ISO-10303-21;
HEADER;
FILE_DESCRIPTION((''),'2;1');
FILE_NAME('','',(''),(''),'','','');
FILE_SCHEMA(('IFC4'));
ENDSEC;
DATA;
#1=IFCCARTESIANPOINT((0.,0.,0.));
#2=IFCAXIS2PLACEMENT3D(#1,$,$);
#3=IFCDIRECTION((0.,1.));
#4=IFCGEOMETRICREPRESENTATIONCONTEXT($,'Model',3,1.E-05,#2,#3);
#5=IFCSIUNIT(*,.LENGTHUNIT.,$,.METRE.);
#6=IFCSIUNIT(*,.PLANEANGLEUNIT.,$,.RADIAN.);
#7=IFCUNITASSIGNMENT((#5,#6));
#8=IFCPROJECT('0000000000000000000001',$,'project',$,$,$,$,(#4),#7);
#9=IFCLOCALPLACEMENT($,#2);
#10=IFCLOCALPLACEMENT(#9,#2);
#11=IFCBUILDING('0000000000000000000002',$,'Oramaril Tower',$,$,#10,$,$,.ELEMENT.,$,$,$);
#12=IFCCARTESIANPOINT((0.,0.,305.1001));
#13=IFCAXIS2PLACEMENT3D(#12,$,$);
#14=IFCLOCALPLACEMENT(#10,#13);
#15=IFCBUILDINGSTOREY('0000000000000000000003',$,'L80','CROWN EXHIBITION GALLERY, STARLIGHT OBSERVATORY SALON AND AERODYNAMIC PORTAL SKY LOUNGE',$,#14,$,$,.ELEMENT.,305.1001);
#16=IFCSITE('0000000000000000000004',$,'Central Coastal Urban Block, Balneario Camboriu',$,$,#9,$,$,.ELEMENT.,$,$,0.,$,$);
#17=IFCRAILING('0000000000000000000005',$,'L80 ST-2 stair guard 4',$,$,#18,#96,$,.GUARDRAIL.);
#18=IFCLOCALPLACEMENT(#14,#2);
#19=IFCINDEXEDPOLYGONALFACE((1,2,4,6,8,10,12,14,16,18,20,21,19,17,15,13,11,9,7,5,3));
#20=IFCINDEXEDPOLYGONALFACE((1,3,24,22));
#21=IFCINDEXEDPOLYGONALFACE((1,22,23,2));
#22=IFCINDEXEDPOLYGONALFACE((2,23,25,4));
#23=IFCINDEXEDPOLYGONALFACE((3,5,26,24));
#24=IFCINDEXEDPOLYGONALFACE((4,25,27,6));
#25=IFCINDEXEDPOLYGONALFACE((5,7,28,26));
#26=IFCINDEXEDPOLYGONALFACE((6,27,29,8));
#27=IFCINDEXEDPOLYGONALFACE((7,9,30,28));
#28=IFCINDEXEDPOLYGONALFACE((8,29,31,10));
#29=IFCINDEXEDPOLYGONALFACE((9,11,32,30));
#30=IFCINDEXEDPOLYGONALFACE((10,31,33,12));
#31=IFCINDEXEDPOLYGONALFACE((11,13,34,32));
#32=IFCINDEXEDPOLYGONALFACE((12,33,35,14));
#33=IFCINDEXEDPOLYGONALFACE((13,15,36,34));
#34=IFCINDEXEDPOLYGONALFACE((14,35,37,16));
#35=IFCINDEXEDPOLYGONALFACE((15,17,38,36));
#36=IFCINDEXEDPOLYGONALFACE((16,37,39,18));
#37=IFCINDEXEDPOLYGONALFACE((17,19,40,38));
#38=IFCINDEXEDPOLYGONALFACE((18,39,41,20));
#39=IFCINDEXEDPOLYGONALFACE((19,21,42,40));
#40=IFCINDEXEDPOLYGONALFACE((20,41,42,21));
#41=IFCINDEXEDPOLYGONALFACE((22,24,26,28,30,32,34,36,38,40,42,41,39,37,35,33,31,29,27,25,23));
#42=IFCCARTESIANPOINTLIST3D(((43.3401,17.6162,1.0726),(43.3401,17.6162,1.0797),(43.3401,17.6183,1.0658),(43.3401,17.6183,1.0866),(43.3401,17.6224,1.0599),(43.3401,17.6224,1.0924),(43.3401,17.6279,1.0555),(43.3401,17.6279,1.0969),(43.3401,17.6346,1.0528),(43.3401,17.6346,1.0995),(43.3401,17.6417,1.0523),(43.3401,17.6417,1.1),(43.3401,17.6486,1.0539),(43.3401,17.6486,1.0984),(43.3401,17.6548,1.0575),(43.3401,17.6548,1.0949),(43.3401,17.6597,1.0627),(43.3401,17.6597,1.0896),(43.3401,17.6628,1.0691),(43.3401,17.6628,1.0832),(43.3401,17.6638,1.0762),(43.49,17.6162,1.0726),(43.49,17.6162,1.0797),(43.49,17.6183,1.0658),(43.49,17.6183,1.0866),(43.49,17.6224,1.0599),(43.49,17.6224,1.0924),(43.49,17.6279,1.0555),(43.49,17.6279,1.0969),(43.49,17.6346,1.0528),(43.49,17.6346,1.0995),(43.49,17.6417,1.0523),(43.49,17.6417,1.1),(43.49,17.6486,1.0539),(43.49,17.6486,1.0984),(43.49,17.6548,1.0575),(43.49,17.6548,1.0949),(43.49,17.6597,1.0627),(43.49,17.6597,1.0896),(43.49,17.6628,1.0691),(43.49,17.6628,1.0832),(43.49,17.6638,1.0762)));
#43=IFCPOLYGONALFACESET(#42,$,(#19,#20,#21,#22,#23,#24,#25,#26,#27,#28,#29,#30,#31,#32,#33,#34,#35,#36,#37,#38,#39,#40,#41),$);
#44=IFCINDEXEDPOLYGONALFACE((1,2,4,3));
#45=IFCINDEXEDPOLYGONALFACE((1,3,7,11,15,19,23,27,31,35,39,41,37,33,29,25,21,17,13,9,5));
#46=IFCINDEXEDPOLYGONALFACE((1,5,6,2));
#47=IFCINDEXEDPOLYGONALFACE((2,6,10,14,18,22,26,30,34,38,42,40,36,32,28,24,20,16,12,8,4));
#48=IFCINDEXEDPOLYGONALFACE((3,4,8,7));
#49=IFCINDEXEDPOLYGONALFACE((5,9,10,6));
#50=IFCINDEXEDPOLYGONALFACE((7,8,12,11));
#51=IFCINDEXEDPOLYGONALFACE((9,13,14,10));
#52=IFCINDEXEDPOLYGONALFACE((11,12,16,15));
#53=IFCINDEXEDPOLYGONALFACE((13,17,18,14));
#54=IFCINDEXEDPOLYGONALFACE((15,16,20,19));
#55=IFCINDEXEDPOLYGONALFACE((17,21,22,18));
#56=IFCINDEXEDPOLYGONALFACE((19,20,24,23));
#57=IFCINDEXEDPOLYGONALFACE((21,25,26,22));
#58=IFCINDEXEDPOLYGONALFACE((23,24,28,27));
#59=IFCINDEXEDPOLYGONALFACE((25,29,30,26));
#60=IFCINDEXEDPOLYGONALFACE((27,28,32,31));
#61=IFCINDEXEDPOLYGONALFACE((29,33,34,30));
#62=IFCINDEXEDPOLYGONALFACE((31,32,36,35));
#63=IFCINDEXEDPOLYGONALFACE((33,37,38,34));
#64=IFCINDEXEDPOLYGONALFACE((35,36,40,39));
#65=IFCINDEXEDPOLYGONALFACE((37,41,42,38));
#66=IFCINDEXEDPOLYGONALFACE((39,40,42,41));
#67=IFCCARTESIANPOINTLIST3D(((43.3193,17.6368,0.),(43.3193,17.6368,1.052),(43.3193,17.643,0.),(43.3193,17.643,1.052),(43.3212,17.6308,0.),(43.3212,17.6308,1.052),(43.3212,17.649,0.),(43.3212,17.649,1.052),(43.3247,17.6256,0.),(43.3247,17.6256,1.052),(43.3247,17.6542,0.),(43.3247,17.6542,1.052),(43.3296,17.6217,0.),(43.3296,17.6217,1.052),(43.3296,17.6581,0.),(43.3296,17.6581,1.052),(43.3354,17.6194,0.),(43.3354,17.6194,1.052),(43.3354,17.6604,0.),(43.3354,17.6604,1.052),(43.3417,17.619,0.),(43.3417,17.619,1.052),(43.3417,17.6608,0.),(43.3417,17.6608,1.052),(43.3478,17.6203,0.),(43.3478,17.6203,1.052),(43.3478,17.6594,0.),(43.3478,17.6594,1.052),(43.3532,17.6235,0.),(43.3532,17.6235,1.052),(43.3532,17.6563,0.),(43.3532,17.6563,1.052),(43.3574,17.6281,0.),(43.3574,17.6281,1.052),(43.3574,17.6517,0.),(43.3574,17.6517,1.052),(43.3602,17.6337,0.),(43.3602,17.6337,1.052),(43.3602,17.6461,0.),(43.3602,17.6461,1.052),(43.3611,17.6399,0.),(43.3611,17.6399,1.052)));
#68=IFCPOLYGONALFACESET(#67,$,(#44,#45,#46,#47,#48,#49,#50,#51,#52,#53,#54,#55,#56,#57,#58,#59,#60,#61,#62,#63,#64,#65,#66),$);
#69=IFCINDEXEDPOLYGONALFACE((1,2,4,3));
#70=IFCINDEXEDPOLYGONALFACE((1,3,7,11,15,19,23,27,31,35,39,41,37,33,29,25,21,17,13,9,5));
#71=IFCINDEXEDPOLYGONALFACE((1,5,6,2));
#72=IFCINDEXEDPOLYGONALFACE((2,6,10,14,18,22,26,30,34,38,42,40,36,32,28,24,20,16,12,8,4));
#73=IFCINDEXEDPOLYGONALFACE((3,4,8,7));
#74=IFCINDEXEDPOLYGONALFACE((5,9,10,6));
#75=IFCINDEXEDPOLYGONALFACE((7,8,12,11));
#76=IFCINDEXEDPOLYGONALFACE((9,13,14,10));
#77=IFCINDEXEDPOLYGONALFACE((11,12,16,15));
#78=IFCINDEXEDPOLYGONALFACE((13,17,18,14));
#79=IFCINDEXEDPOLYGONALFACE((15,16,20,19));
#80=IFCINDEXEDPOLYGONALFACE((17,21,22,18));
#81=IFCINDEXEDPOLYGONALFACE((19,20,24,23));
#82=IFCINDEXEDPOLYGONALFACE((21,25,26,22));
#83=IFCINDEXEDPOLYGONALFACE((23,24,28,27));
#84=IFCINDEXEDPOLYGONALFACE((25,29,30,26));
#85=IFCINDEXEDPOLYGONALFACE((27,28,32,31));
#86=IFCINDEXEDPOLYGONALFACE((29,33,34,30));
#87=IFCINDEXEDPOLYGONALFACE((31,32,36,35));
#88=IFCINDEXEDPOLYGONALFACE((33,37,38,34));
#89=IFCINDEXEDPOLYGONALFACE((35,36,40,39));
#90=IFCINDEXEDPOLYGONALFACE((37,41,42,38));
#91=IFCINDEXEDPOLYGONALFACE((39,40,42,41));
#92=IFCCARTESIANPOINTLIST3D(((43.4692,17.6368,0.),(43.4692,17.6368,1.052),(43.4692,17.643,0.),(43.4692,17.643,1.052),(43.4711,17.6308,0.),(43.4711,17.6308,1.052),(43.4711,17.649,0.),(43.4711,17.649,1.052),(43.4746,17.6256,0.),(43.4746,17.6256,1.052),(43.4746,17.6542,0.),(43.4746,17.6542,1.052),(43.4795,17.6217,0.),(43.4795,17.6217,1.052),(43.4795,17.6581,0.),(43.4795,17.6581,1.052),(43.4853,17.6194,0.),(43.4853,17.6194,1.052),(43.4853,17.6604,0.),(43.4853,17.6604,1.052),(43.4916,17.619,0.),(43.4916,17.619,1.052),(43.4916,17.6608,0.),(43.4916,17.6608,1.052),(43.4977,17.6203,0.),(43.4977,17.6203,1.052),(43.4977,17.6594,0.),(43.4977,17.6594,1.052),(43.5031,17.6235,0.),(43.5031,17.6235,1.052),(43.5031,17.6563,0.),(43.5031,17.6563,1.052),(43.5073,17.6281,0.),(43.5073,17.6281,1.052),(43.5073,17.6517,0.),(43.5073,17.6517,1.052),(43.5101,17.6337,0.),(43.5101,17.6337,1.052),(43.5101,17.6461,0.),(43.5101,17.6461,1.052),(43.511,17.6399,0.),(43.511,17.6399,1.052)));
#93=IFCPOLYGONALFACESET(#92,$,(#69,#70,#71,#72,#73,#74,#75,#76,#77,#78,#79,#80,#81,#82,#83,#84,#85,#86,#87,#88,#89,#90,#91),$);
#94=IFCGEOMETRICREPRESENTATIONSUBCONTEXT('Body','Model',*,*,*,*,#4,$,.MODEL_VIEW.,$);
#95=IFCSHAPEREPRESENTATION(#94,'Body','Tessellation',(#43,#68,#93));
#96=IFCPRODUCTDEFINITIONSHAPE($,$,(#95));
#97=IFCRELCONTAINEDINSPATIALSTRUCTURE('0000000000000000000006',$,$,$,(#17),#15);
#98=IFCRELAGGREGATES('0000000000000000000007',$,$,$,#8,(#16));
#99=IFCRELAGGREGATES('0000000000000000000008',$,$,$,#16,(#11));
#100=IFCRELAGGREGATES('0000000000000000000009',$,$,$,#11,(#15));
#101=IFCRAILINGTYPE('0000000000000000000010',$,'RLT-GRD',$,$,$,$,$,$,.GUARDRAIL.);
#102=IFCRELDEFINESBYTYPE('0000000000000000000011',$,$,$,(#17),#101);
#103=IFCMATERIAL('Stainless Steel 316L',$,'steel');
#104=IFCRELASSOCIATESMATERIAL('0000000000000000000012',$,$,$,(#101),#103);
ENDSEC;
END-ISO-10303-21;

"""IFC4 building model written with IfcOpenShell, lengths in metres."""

from ifc_helpers import new_model, si_unit, direction, frame, origin, origin_2d, place, context, subcontext, project, spatial, circle, extrude, material, type_object, element, save


model = new_model("IFC4")

# Units and contexts
model_context = context("Model", 3, precision=1e-05, world=origin(), true_north=direction((0.0, 1.0)))
body_context = subcontext(model_context, "Body", "Model", "MODEL_VIEW")
ifc_project = project(units=[si_unit("LENGTHUNIT", "METRE"), si_unit("PLANEANGLEUNIT", "RADIAN")], contexts=[model_context])

# Site, building, storey
site_placement = place(None, origin())
site = spatial("IfcSite", under=ifc_project, at=site_placement, Name="Central Coastal Urban Block, Balneario Camboriu", CompositionType="ELEMENT", RefElevation=0.0)
building_placement = place(site_placement, origin())
building = spatial("IfcBuilding", under=site, at=building_placement, Name="Oramaril Tower", CompositionType="ELEMENT")
storey_placement = place(building_placement, frame((0.0, 0.0, 305.1001)))
storey = spatial("IfcBuildingStorey", under=building, at=storey_placement, Name="L80", Description="CROWN EXHIBITION GALLERY, STARLIGHT OBSERVATORY SALON AND AERODYNAMIC PORTAL SKY LOUNGE", CompositionType="ELEMENT", Elevation=305.1001)

# Railing
ifc_material_1 = material(Name="Stainless Steel 316L", Category="steel")
railing_type_1 = type_object("IfcRailingType", Name="RLT-GRD", PredefinedType="GUARDRAIL", material=ifc_material_1)
railing_1_placement = place(storey_placement, frame((43.3401, 17.6399, 0.0)))
element("IfcRailing", 1, at=railing_1_placement, inside=storey, type_object=railing_type_1, Name="L80 ST-2 stair guard 4", PredefinedType="GUARDRAIL", context=body_context, shape_type="SweptSolid", body=[
    extrude(circle(Radius=0.0239, at=origin_2d()), frame((0.0, 0.0, 1.0762), z_axis=(1.0, 0.0, 0.0), x_axis=(0.0, 1.0, 0.0)), (0.0, 0.0, 1.0), 0.1499),
    extrude(circle(Radius=0.021, at=origin_2d()), origin(), (0.0, 0.0, 1.0), 1.052),
    extrude(circle(Radius=0.021, at=origin_2d()), frame((0.1499, 0.0, 0.0)), (0.0, 0.0, 1.0), 1.052),
])

save(model, "model.ifc")
